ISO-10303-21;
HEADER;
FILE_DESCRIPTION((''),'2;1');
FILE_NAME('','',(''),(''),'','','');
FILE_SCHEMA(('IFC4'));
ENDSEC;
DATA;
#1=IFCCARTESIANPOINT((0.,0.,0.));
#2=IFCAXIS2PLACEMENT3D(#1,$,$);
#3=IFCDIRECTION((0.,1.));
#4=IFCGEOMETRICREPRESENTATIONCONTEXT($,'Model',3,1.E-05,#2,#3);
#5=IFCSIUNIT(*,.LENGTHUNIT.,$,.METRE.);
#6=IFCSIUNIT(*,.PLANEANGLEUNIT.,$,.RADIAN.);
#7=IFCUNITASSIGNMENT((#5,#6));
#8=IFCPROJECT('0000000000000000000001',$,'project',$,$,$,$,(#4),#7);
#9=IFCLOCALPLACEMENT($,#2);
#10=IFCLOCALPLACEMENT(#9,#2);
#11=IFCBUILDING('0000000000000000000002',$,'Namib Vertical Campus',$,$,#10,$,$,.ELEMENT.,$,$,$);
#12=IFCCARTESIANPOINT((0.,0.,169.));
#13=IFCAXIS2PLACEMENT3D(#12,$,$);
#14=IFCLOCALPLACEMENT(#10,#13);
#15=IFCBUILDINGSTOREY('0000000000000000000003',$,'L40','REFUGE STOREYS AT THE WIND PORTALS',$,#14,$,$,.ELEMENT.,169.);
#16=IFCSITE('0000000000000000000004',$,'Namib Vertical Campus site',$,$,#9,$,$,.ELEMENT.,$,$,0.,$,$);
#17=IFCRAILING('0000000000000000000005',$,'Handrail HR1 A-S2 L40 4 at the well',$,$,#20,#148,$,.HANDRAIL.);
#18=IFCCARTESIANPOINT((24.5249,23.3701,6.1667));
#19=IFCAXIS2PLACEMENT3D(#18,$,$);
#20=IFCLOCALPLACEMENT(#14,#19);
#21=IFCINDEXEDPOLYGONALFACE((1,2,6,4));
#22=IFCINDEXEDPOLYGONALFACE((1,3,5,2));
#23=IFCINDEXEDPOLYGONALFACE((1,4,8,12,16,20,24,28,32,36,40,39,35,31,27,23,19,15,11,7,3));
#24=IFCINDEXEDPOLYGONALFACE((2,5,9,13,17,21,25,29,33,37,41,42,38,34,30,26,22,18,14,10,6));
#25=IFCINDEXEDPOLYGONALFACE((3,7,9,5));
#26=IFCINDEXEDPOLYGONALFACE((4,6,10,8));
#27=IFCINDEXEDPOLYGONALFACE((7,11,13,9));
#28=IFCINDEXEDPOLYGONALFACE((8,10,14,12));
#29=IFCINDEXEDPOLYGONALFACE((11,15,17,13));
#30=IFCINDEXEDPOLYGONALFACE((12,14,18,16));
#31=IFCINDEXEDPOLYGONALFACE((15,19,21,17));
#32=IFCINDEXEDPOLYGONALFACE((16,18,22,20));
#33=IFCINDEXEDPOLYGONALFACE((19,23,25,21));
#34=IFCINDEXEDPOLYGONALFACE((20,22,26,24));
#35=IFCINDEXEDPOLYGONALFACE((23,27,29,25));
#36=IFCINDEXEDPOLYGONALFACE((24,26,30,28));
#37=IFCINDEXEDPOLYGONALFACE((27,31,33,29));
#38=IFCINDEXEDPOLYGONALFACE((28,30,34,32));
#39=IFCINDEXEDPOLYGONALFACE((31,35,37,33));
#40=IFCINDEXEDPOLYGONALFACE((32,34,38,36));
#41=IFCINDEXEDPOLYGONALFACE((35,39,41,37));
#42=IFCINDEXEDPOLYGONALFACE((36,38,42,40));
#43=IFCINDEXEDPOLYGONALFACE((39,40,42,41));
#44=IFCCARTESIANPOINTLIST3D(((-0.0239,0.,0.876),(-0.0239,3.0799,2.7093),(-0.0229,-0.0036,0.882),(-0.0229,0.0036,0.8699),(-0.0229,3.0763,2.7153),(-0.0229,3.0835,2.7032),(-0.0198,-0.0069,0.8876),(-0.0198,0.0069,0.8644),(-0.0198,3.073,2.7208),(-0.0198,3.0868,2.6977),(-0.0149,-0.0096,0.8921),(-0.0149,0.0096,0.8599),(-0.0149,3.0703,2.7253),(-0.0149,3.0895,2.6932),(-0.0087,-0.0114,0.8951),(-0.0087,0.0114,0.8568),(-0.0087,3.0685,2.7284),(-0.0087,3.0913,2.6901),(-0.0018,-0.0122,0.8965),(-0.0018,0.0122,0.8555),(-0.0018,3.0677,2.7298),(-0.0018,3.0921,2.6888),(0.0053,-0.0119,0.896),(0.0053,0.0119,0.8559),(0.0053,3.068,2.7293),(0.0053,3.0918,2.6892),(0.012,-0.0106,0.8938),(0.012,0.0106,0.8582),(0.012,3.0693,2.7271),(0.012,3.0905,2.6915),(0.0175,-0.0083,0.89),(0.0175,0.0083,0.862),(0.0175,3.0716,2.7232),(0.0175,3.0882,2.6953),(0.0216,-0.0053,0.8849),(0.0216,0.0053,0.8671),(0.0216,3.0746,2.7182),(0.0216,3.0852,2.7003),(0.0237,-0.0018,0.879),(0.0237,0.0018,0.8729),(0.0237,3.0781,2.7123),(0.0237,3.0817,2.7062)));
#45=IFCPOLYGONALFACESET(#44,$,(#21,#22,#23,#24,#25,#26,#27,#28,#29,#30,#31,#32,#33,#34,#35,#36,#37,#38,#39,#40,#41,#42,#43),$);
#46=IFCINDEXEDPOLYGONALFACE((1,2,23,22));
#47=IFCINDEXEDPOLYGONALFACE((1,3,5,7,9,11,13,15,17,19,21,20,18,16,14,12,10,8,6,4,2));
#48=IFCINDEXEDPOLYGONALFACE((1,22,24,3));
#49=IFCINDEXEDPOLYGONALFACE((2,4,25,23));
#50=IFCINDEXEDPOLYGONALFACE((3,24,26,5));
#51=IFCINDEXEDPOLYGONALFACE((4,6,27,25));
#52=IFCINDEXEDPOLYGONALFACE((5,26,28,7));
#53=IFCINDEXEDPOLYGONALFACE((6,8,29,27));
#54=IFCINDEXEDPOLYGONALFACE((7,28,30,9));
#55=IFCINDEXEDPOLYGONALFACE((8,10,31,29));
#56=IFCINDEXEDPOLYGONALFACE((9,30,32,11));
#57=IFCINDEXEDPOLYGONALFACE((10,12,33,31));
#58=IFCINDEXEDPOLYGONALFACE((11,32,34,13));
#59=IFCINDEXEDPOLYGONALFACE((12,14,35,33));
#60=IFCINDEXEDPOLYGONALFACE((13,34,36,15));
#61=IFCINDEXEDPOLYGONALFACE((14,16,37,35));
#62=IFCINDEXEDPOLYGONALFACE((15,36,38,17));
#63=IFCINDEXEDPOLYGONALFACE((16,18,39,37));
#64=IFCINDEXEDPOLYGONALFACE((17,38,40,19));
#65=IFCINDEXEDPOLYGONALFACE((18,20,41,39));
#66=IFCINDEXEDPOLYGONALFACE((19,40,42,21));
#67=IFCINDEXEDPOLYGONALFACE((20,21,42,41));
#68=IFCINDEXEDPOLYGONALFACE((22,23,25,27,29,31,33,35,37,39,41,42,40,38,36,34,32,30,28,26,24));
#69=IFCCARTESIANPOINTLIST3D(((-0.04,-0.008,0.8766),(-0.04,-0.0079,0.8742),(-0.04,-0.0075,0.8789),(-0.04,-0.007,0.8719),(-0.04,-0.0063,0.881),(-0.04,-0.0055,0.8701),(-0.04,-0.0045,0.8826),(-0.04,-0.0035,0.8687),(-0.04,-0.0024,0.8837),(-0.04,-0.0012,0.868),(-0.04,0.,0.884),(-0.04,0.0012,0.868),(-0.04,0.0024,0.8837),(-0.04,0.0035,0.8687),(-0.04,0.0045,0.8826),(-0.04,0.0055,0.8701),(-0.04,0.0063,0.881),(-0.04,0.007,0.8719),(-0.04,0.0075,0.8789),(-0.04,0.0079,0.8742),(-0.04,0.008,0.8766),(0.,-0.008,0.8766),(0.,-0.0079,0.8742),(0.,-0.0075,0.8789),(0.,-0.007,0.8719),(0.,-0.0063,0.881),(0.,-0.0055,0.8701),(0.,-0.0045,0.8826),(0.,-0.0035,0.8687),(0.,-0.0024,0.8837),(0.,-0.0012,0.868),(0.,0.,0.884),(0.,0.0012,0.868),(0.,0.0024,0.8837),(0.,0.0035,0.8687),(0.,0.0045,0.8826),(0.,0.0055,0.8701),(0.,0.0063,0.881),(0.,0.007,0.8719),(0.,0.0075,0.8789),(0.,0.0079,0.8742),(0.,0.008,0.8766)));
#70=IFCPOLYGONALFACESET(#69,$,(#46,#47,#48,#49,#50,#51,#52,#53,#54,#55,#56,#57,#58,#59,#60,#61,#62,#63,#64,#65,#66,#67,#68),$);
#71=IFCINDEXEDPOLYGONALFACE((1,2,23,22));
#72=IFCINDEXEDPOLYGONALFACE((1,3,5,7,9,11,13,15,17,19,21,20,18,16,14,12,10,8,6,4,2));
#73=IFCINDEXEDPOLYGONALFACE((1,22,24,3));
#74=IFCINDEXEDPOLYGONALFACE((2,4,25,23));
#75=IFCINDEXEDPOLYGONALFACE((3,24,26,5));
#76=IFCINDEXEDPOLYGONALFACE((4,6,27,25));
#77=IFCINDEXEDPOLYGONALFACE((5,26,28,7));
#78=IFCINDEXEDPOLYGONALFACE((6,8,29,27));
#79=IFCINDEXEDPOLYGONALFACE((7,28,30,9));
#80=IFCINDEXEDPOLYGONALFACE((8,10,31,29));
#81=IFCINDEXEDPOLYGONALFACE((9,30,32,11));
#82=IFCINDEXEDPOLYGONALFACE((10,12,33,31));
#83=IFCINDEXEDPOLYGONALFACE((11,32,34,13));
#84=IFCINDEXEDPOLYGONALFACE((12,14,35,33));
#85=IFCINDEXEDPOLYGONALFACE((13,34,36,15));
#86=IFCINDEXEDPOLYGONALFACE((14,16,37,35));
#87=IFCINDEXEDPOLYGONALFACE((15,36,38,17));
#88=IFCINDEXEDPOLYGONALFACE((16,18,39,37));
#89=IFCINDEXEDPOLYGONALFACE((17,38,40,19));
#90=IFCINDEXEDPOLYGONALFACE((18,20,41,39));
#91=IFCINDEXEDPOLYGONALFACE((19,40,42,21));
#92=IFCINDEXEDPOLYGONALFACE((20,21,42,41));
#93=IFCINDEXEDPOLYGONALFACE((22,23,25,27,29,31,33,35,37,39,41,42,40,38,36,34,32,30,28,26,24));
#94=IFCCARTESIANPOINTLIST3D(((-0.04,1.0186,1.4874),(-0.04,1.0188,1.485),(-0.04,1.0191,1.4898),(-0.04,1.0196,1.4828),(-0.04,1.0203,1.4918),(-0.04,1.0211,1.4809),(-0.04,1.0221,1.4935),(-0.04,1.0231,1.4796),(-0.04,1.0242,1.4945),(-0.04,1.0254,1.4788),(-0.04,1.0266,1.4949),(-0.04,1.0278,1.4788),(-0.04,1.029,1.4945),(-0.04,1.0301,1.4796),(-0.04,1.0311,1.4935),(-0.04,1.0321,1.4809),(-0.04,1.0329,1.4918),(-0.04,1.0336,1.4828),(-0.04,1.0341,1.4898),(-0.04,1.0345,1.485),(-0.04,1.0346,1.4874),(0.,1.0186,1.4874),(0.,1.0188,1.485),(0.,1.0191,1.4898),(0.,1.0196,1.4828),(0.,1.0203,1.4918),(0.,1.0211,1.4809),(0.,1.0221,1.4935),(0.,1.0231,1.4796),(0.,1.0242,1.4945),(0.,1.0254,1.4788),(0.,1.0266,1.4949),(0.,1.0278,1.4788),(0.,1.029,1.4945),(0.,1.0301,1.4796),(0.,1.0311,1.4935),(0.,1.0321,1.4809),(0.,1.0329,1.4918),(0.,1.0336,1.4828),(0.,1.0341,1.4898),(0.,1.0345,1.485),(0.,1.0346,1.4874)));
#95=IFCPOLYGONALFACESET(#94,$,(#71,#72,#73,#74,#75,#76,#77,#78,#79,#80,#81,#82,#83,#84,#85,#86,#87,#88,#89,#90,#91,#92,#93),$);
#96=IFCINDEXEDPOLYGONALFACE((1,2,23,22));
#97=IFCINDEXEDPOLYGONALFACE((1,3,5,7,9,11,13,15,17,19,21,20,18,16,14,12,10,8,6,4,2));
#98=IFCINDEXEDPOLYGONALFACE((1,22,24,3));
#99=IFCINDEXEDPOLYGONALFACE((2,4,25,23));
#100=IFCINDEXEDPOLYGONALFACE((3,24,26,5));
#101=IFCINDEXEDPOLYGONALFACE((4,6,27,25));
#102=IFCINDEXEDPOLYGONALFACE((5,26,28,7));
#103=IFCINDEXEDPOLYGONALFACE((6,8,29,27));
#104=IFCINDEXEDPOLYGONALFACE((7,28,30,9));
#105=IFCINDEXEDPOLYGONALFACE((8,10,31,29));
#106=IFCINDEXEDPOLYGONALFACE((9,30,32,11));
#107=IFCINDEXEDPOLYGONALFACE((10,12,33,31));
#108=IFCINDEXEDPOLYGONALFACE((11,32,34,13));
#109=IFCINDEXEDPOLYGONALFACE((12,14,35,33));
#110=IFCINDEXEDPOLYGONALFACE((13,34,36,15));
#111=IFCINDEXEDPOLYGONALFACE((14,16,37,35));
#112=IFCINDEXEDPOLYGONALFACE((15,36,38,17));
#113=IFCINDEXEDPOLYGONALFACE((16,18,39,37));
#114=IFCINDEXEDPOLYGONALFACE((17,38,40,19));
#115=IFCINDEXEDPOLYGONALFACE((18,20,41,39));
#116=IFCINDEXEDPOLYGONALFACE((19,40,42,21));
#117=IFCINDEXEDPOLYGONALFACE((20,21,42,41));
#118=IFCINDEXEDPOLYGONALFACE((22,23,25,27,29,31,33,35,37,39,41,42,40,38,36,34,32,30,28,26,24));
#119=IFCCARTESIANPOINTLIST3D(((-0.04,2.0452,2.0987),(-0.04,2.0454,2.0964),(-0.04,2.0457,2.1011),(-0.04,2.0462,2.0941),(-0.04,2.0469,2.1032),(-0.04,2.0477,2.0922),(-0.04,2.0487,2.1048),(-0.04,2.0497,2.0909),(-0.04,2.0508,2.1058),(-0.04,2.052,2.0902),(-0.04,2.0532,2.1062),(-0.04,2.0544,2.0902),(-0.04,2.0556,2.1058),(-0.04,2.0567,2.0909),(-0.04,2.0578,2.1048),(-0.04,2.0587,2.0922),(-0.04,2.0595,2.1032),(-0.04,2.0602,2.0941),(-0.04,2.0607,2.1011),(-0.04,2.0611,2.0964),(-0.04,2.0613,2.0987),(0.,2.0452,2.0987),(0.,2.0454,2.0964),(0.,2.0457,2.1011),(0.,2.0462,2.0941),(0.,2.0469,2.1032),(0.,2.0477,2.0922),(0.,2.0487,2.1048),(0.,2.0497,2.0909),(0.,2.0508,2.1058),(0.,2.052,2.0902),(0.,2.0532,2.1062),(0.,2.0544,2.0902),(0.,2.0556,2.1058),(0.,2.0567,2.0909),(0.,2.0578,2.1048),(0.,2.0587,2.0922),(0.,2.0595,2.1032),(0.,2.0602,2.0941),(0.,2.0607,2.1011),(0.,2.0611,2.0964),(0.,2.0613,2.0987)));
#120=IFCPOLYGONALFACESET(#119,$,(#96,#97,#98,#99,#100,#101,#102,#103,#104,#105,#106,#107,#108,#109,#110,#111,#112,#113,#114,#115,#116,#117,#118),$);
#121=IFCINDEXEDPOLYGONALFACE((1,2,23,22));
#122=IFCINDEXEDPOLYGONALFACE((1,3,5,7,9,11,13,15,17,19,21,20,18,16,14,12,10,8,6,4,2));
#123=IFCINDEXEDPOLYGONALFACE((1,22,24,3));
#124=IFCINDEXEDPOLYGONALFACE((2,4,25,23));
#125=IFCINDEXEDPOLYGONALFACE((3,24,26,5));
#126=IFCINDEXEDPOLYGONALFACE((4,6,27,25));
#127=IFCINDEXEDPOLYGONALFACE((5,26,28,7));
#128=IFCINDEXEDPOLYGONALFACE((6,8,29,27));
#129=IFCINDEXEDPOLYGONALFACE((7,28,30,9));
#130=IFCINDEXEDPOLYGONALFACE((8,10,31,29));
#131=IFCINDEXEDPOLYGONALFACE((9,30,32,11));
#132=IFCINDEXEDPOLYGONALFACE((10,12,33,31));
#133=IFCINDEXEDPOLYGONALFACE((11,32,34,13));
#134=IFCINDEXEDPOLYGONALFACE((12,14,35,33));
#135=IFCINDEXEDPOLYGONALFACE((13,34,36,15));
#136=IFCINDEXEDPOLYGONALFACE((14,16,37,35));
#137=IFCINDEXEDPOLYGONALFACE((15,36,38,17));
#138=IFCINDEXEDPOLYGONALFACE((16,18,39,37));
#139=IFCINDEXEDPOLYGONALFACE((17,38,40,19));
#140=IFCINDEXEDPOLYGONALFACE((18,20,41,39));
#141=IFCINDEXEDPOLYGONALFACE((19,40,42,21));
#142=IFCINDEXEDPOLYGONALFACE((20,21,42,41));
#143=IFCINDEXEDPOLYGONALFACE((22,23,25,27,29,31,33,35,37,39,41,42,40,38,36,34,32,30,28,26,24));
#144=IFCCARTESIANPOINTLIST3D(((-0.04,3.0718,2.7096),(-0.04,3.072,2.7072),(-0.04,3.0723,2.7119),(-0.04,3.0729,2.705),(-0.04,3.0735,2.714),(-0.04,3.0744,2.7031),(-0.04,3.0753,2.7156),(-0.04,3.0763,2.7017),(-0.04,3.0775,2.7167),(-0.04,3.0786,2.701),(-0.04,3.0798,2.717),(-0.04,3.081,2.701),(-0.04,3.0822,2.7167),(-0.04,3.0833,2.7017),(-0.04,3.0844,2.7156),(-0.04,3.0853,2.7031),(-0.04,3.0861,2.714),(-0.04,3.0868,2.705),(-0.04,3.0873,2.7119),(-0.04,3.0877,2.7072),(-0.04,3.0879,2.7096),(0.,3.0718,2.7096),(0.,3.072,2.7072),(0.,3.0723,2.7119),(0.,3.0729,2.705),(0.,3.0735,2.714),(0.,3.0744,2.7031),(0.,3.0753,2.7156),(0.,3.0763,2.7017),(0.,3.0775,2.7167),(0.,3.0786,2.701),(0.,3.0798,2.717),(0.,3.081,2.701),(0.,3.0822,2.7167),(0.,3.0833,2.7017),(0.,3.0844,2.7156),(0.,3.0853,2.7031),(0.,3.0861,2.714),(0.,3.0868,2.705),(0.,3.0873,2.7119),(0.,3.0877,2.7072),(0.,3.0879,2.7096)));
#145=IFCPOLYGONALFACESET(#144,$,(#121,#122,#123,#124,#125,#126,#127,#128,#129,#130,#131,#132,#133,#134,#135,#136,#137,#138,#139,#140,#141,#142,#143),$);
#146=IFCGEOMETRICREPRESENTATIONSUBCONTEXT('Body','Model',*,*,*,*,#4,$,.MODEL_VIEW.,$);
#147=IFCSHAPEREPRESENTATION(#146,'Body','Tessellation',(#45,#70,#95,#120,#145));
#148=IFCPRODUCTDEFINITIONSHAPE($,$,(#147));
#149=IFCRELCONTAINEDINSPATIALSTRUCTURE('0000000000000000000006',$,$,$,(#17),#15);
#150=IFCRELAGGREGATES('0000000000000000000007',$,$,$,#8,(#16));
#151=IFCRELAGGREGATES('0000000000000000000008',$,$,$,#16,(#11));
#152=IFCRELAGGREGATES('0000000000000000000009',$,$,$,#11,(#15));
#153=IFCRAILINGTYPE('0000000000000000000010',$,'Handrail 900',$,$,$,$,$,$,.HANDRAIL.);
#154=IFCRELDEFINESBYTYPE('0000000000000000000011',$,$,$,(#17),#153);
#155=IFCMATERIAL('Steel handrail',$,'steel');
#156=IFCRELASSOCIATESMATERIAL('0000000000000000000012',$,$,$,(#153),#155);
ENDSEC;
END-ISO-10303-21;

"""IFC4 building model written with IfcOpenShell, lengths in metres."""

from ifc_helpers import new_model, si_unit, direction, frame, origin, origin_2d, place, context, subcontext, project, spatial, circle, extrude, material, type_object, element, save


model = new_model("IFC4")

# Units and contexts
model_context = context("Model", 3, precision=1e-05, world=origin(), true_north=direction((0.0, 1.0)))
body_context = subcontext(model_context, "Body", "Model", "MODEL_VIEW")
ifc_project = project(units=[si_unit("LENGTHUNIT", "METRE"), si_unit("PLANEANGLEUNIT", "RADIAN")], contexts=[model_context])

# Site, building, storey
site_placement = place(None, origin())
site = spatial("IfcSite", under=ifc_project, at=site_placement, Name="Namib Vertical Campus site", CompositionType="ELEMENT", RefElevation=0.0)
building_placement = place(site_placement, origin())
building = spatial("IfcBuilding", under=site, at=building_placement, Name="Namib Vertical Campus", CompositionType="ELEMENT")
storey_placement = place(building_placement, frame((0.0, 0.0, 169.0)))
storey = spatial("IfcBuildingStorey", under=building, at=storey_placement, Name="L40", Description="REFUGE STOREYS AT THE WIND PORTALS", CompositionType="ELEMENT", Elevation=169.0)

# Railing
ifc_material_1 = material(Name="Steel handrail", Category="steel")
railing_type_1 = type_object("IfcRailingType", Name="Handrail 900", PredefinedType="HANDRAIL", material=ifc_material_1)
railing_1_placement = place(storey_placement, frame((24.5249, 23.3701, 6.1667)))
element("IfcRailing", 1, at=railing_1_placement, inside=storey, type_object=railing_type_1, Name="Handrail HR1 A-S2 L40 4 at the well", PredefinedType="HANDRAIL", context=body_context, shape_type="SweptSolid", body=[
    extrude(circle(Radius=0.0239, at=origin_2d()), frame((0.0, 0.0, 0.876), z_axis=(0.0, 0.859291, 0.511487), x_axis=(-1.0, 0.0, 0.0)), (0.0, 0.0, 1.0), 3.5842),
    extrude(circle(Radius=0.0081, at=origin_2d()), frame((0.0, 0.0, 0.876), z_axis=(-1.0, 0.0, 0.0), x_axis=(0.0, 0.0, 1.0)), (0.0, 0.0, 1.0), 0.04),
    extrude(circle(Radius=0.0081, at=origin_2d()), frame((0.0, 1.0266, 1.4868), z_axis=(-1.0, 0.0, 0.0), x_axis=(0.0, 0.0, 1.0)), (0.0, 0.0, 1.0), 0.04),
    extrude(circle(Radius=0.0081, at=origin_2d()), frame((0.0, 2.0532, 2.0981), z_axis=(-1.0, 0.0, 0.0), x_axis=(0.0, 0.0, 1.0)), (0.0, 0.0, 1.0), 0.04),
    extrude(circle(Radius=0.0081, at=origin_2d()), frame((0.0, 3.0798, 2.709), z_axis=(-1.0, 0.0, 0.0), x_axis=(0.0, 0.0, 1.0)), (0.0, 0.0, 1.0), 0.04),
])

save(model, "model.ifc")
